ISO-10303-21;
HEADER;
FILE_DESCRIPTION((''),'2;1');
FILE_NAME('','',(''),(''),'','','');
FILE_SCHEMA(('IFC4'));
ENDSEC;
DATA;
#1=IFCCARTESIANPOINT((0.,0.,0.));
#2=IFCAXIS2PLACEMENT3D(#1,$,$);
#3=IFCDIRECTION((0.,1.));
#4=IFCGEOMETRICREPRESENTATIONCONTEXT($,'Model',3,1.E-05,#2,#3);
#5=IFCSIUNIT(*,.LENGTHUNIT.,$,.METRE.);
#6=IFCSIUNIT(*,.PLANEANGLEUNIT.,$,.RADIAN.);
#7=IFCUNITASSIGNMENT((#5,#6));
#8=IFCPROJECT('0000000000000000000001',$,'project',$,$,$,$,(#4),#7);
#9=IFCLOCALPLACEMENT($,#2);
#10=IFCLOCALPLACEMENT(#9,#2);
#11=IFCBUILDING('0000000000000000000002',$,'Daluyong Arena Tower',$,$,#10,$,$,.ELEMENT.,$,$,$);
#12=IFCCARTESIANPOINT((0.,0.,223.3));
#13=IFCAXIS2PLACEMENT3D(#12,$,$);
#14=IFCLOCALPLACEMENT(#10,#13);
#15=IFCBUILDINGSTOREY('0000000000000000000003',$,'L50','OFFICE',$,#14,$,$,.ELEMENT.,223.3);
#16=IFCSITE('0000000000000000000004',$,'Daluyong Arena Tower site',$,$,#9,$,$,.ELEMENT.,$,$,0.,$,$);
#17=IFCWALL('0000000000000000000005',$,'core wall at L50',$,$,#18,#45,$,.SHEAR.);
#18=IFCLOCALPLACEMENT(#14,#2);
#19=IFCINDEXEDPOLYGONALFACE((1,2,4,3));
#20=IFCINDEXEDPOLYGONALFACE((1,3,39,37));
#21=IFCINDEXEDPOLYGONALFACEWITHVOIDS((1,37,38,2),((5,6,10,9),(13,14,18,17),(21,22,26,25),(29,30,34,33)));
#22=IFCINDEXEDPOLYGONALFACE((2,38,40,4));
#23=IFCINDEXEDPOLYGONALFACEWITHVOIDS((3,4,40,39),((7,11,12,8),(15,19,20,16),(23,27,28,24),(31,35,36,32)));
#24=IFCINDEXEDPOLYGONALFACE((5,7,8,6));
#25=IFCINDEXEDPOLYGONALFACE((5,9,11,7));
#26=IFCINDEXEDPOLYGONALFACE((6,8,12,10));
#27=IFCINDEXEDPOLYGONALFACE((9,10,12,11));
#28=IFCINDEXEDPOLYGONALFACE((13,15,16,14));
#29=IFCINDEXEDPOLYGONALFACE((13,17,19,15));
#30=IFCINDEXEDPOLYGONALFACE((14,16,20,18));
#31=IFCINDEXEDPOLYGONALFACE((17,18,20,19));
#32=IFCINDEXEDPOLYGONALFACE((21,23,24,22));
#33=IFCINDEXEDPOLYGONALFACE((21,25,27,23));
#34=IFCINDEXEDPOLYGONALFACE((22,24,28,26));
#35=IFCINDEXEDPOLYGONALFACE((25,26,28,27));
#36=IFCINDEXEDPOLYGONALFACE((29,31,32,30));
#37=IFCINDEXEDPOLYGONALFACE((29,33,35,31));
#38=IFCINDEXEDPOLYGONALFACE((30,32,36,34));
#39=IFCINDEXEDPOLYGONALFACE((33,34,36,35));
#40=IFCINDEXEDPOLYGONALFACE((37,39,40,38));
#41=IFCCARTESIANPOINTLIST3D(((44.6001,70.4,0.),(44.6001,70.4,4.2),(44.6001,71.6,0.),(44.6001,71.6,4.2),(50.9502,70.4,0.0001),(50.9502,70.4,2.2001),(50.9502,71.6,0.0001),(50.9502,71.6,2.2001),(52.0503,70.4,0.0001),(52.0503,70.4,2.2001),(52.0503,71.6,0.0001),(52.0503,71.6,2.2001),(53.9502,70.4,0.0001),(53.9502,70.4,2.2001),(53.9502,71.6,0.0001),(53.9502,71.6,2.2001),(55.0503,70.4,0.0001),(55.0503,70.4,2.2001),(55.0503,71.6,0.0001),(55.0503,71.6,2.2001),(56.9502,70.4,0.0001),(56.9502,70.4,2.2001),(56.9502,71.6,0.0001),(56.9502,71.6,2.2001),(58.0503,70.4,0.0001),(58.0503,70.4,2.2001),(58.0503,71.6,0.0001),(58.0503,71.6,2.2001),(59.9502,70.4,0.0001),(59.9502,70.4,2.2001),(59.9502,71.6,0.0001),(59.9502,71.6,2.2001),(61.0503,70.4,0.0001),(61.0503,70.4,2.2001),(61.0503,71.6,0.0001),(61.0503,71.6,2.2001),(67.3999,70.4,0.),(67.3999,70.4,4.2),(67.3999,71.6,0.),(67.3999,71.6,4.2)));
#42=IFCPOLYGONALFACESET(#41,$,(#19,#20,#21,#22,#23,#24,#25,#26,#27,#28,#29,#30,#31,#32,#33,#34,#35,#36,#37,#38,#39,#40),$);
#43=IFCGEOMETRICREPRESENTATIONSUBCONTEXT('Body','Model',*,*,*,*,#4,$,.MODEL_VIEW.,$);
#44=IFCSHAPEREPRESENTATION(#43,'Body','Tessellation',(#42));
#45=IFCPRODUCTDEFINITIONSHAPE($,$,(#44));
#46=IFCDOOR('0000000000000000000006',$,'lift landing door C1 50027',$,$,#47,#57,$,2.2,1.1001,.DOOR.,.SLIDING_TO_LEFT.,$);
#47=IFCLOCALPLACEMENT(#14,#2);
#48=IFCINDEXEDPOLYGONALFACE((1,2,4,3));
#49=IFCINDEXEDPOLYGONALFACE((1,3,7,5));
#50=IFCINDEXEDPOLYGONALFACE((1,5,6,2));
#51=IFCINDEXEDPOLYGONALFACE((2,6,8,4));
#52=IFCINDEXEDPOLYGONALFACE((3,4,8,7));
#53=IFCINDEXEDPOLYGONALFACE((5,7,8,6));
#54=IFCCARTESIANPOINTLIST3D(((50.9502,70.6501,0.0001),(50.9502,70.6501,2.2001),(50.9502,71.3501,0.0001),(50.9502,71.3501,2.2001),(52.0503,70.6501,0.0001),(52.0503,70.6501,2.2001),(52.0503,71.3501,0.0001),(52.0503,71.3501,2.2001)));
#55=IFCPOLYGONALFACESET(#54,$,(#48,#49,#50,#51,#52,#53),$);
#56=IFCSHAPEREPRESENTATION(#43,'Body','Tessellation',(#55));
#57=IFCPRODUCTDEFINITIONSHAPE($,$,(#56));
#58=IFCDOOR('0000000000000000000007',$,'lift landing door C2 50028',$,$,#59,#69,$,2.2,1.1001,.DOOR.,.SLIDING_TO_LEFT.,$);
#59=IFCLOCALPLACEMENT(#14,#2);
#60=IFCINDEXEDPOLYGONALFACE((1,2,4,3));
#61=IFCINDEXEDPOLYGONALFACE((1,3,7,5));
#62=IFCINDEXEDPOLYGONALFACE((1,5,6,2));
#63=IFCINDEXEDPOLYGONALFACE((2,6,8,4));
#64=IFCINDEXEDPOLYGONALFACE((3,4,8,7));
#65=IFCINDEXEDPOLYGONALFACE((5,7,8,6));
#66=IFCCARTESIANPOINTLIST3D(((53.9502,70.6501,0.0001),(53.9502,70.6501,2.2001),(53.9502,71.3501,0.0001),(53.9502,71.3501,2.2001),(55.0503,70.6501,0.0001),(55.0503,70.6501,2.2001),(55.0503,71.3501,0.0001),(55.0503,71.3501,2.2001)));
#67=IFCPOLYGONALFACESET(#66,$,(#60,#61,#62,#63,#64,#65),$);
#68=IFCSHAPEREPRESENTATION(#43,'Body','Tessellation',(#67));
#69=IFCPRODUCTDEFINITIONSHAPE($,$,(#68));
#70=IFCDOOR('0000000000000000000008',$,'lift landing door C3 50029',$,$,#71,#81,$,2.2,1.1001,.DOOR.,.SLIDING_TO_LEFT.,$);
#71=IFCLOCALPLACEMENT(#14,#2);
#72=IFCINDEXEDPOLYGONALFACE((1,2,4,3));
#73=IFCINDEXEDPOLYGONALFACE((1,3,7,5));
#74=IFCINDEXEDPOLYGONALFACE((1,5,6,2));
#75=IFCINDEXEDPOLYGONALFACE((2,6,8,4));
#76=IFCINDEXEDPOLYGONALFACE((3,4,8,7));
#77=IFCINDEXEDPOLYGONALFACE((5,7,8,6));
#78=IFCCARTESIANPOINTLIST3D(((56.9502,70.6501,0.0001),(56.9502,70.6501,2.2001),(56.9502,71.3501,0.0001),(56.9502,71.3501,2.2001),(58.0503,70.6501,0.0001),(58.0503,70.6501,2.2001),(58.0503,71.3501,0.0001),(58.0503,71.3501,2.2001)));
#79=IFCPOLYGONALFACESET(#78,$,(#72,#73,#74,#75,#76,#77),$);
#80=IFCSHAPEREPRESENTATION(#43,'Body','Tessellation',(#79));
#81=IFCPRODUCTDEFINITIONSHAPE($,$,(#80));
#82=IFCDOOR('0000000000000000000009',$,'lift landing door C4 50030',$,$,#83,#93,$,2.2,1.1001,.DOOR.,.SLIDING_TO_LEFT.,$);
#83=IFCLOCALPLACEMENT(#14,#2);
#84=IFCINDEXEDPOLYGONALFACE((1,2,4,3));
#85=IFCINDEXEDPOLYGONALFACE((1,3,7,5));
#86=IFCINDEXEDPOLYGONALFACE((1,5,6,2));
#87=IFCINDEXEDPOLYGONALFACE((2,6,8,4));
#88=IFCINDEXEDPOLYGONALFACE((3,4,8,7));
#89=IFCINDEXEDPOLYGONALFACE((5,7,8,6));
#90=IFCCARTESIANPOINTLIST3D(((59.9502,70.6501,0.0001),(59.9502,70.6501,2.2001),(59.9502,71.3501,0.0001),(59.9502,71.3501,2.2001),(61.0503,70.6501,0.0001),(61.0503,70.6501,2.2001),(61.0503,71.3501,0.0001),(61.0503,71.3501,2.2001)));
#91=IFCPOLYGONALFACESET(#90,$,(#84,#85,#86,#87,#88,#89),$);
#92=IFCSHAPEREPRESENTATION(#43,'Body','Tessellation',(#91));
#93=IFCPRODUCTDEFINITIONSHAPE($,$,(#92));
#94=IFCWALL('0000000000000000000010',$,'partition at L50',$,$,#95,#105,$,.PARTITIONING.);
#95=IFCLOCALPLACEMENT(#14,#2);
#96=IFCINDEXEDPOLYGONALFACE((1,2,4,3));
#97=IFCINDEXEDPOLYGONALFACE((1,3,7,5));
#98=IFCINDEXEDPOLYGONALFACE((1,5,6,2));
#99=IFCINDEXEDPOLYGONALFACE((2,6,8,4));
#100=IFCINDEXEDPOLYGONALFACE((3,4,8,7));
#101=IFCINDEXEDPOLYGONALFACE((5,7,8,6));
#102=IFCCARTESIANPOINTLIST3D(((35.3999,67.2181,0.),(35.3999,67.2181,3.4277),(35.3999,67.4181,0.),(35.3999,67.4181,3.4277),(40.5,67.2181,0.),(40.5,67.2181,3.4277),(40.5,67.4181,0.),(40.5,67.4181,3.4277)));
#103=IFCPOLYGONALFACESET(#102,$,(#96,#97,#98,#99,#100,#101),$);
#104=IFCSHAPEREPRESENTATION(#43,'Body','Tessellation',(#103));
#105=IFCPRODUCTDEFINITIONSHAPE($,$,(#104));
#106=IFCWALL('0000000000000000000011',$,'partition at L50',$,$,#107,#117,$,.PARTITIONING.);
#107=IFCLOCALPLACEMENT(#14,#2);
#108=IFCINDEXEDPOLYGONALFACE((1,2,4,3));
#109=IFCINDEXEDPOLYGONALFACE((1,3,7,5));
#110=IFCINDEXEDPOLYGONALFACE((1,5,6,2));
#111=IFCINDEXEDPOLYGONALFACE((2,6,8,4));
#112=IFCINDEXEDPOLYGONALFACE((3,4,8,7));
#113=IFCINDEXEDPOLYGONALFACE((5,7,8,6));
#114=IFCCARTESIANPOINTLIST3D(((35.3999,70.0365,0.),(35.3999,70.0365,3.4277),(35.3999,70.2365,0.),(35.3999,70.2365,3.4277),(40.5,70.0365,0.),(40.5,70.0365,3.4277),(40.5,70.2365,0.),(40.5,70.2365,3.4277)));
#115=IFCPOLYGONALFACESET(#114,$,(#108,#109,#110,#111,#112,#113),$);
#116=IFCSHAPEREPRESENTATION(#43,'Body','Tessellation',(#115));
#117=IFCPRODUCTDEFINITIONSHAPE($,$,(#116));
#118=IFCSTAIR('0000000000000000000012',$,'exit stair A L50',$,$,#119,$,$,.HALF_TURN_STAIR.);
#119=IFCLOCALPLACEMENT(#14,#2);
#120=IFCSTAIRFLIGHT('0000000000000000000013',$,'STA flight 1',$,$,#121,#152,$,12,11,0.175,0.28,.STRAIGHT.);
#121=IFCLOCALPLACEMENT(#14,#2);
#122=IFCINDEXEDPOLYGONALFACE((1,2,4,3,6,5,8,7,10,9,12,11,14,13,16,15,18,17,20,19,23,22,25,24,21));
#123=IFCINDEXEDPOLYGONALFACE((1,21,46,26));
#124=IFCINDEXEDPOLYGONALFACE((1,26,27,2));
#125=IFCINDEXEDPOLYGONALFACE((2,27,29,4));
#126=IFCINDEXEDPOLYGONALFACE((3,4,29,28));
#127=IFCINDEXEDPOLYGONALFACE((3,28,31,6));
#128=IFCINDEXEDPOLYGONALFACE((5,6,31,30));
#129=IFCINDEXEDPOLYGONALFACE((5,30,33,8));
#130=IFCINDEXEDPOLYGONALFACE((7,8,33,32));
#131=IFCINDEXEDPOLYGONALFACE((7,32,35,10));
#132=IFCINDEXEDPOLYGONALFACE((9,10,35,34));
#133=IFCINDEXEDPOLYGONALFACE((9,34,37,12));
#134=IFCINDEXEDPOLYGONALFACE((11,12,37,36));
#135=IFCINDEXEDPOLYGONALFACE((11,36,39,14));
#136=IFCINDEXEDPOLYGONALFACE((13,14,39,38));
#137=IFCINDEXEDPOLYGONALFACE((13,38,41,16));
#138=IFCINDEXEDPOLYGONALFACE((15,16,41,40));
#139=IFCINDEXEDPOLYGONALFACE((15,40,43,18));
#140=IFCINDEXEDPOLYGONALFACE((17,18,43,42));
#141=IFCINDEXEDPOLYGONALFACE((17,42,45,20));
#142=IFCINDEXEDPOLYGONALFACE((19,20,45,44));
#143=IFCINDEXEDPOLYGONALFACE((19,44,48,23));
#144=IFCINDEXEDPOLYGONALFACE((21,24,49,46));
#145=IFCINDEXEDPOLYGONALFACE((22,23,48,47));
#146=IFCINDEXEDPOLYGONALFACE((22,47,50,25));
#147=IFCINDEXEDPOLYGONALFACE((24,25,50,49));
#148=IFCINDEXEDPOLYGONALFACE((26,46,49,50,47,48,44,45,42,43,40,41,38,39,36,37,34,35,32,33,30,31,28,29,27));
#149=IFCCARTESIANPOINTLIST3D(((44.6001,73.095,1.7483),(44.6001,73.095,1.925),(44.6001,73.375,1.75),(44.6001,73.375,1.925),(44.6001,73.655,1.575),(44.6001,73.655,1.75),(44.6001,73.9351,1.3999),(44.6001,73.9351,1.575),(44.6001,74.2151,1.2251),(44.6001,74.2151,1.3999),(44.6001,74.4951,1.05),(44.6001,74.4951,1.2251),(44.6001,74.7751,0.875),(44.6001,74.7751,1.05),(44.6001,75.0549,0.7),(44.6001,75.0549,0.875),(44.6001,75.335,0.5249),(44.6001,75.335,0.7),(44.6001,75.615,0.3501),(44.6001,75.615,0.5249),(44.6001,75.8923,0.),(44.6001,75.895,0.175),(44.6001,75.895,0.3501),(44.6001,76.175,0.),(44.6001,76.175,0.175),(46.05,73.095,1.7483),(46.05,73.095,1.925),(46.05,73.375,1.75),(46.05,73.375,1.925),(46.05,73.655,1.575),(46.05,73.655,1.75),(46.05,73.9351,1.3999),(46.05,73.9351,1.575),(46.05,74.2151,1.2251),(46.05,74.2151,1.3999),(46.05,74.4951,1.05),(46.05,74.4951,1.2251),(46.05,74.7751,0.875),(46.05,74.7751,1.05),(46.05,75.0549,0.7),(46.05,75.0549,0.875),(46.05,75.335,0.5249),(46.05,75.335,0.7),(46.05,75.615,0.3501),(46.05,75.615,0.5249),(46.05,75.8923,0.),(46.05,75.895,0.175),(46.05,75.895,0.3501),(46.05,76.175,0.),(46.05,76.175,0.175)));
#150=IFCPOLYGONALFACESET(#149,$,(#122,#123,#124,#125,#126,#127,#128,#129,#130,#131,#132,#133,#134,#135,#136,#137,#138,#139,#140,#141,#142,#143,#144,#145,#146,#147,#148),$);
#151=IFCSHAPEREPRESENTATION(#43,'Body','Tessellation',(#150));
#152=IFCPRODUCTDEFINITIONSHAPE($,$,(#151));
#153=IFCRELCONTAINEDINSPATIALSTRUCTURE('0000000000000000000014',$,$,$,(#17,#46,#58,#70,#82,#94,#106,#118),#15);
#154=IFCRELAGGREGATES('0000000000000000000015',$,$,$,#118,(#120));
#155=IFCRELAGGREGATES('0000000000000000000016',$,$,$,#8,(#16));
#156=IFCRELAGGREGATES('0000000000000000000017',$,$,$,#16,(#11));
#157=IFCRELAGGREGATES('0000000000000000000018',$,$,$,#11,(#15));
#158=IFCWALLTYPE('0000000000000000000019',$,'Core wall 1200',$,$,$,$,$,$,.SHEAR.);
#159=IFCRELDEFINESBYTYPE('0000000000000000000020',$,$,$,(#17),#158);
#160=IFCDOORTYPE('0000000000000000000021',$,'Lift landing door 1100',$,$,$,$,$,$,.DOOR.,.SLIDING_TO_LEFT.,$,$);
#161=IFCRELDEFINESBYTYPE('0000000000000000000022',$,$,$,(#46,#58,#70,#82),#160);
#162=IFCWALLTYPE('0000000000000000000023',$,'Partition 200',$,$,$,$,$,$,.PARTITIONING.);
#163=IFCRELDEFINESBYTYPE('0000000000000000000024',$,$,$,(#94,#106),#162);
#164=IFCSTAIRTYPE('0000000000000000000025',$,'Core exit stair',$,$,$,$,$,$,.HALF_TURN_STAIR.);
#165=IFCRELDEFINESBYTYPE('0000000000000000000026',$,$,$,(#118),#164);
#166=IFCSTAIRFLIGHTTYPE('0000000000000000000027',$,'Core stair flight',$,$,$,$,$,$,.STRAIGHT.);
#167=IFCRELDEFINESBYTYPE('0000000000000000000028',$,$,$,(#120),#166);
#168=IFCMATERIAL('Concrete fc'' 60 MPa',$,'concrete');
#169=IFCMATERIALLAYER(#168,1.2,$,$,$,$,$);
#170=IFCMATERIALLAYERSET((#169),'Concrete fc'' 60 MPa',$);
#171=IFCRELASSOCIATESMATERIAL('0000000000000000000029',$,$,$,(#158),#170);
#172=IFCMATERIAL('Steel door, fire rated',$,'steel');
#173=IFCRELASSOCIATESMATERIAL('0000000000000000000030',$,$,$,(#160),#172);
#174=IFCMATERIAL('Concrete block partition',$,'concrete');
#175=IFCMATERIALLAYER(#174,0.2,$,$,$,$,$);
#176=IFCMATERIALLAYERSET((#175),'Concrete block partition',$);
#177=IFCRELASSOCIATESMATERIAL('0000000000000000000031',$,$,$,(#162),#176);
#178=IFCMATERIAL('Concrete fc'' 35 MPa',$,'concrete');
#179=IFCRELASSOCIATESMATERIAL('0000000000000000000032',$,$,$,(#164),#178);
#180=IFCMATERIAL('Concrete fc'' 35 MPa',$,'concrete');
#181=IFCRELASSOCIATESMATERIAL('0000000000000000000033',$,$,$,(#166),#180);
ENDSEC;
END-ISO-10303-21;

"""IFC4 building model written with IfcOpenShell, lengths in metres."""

from ifc_helpers import new_model, si_unit, direction, frame, frame_2d, origin, place, context, subcontext, project, spatial, polyline, rectangle, outline, extrude, material, layer, layer_set, type_object, element, fill, aggregate, save


model = new_model("IFC4")

# Units and contexts
model_context = context("Model", 3, precision=1e-05, world=origin(), true_north=direction((0.0, 1.0)))
body_context = subcontext(model_context, "Body", "Model", "MODEL_VIEW")
ifc_project = project(units=[si_unit("LENGTHUNIT", "METRE"), si_unit("PLANEANGLEUNIT", "RADIAN")], contexts=[model_context])

# Site, building, storey
site_placement = place(None, origin())
site = spatial("IfcSite", under=ifc_project, at=site_placement, Name="Daluyong Arena Tower site", CompositionType="ELEMENT", RefElevation=0.0)
building_placement = place(site_placement, origin())
building = spatial("IfcBuilding", under=site, at=building_placement, Name="Daluyong Arena Tower", CompositionType="ELEMENT")
storey_placement = place(building_placement, frame((0.0, 0.0, 223.3)))
storey = spatial("IfcBuildingStorey", under=building, at=storey_placement, Name="L50", Description="OFFICE", CompositionType="ELEMENT", Elevation=223.3)

# Shared definitions
ifc_material_1 = material(Name="Concrete fc' 60 MPa", Category="concrete")
ifc_layer_1 = layer(ifc_material_1, 1.2)
ifc_layer_set_1 = layer_set([ifc_layer_1], Name="Concrete fc' 60 MPa")
wall_type_1 = type_object("IfcWallType", Name="Core wall 1200", PredefinedType="SHEAR", material=ifc_layer_set_1)

# Wall, openings, doors
wall_1_placement = place(storey_placement, frame((44.6001, 71.0, 0.0), z_axis=(0.0, 0.0, 1.0), x_axis=(1.0, 0.0, 0.0)))
wall_1 = element("IfcWall", 1, at=wall_1_placement, inside=storey, type_object=wall_type_1, Name="core wall at L50", PredefinedType="SHEAR", context=body_context, shape_type="SweptSolid", body=[
    extrude(rectangle(XDim=22.7998, YDim=1.2, at=frame_2d((11.3999, 0.0))), origin(), (0.0, 0.0, 1.0), 4.2),
])
opening_1_placement = place(wall_1_placement, frame((6.3501, 0.0, 0.0)))
opening_1 = element("IfcOpeningElement", 2, at=opening_1_placement, cuts=wall_1, PredefinedType="OPENING", context=body_context, shape_type="SweptSolid", body=[
    extrude(rectangle(XDim=1.1001, YDim=2.2, at=frame_2d((0.55, 1.1001))), frame((0.0, 0.6099, 0.0), z_axis=(0.0, -1.0, 0.0), x_axis=(1.0, 0.0, 0.0)), (0.0, 0.0, 1.0), 1.22),
])
opening_2_placement = place(wall_1_placement, frame((9.3501, 0.0, 0.0)))
opening_2 = element("IfcOpeningElement", 3, at=opening_2_placement, cuts=wall_1, PredefinedType="OPENING", context=body_context, shape_type="SweptSolid", body=[
    extrude(rectangle(XDim=1.1001, YDim=2.2, at=frame_2d((0.55, 1.1001))), frame((0.0, 0.6099, 0.0), z_axis=(0.0, -1.0, 0.0), x_axis=(1.0, 0.0, 0.0)), (0.0, 0.0, 1.0), 1.22),
])
opening_3_placement = place(wall_1_placement, frame((12.3501, 0.0, 0.0)))
opening_3 = element("IfcOpeningElement", 4, at=opening_3_placement, cuts=wall_1, PredefinedType="OPENING", context=body_context, shape_type="SweptSolid", body=[
    extrude(rectangle(XDim=1.1001, YDim=2.2, at=frame_2d((0.55, 1.1001))), frame((0.0, 0.6099, 0.0), z_axis=(0.0, -1.0, 0.0), x_axis=(1.0, 0.0, 0.0)), (0.0, 0.0, 1.0), 1.22),
])
opening_4_placement = place(wall_1_placement, frame((15.3501, 0.0, 0.0)))
opening_4 = element("IfcOpeningElement", 5, at=opening_4_placement, cuts=wall_1, PredefinedType="OPENING", context=body_context, shape_type="SweptSolid", body=[
    extrude(rectangle(XDim=1.1001, YDim=2.2, at=frame_2d((0.55, 1.1001))), frame((0.0, 0.6099, 0.0), z_axis=(0.0, -1.0, 0.0), x_axis=(1.0, 0.0, 0.0)), (0.0, 0.0, 1.0), 1.22),
])
ifc_material_2 = material(Name="Steel door, fire rated", Category="steel")
door_type_1 = type_object("IfcDoorType", Name="Lift landing door 1100", OperationType="SLIDING_TO_LEFT", PredefinedType="DOOR", material=ifc_material_2)
door_1_placement = place(opening_1_placement, origin())
door_1 = element("IfcDoor", 6, at=door_1_placement, inside=storey, type_object=door_type_1, Name="lift landing door C1 50027", OperationType="SLIDING_TO_LEFT", OverallHeight=2.2, OverallWidth=1.1001, PredefinedType="DOOR", context=body_context, shape_type="SweptSolid", body=[
    extrude(rectangle(XDim=1.1001, YDim=2.2, at=frame_2d((0.55, 1.1001))), frame((0.0, 0.3501, 0.0), z_axis=(0.0, -1.0, 0.0), x_axis=(1.0, 0.0, 0.0)), (0.0, 0.0, 1.0), 0.7),
])
fill(opening_1, door_1)
door_2_placement = place(opening_2_placement, origin())
door_2 = element("IfcDoor", 7, at=door_2_placement, inside=storey, type_object=door_type_1, Name="lift landing door C2 50028", OperationType="SLIDING_TO_LEFT", OverallHeight=2.2, OverallWidth=1.1001, PredefinedType="DOOR", context=body_context, shape_type="SweptSolid", body=[
    extrude(rectangle(XDim=1.1001, YDim=2.2, at=frame_2d((0.55, 1.1001))), frame((0.0, 0.3501, 0.0), z_axis=(0.0, -1.0, 0.0), x_axis=(1.0, 0.0, 0.0)), (0.0, 0.0, 1.0), 0.7),
])
fill(opening_2, door_2)
door_3_placement = place(opening_3_placement, origin())
door_3 = element("IfcDoor", 8, at=door_3_placement, inside=storey, type_object=door_type_1, Name="lift landing door C3 50029", OperationType="SLIDING_TO_LEFT", OverallHeight=2.2, OverallWidth=1.1001, PredefinedType="DOOR", context=body_context, shape_type="SweptSolid", body=[
    extrude(rectangle(XDim=1.1001, YDim=2.2, at=frame_2d((0.55, 1.1001))), frame((0.0, 0.3501, 0.0), z_axis=(0.0, -1.0, 0.0), x_axis=(1.0, 0.0, 0.0)), (0.0, 0.0, 1.0), 0.7),
])
fill(opening_3, door_3)
door_4_placement = place(opening_4_placement, origin())
door_4 = element("IfcDoor", 9, at=door_4_placement, inside=storey, type_object=door_type_1, Name="lift landing door C4 50030", OperationType="SLIDING_TO_LEFT", OverallHeight=2.2, OverallWidth=1.1001, PredefinedType="DOOR", context=body_context, shape_type="SweptSolid", body=[
    extrude(rectangle(XDim=1.1001, YDim=2.2, at=frame_2d((0.55, 1.1001))), frame((0.0, 0.3501, 0.0), z_axis=(0.0, -1.0, 0.0), x_axis=(1.0, 0.0, 0.0)), (0.0, 0.0, 1.0), 0.7),
])
fill(opening_4, door_4)

# Walls
ifc_material_3 = material(Name="Concrete block partition", Category="concrete")
ifc_layer_2 = layer(ifc_material_3, 0.2)
ifc_layer_set_2 = layer_set([ifc_layer_2], Name="Concrete block partition")
wall_type_2 = type_object("IfcWallType", Name="Partition 200", PredefinedType="PARTITIONING", material=ifc_layer_set_2)
for number, where, z_axis, x_axis, name in (
    (10, (35.3999, 67.3181, 0.0), (0.0, 0.0, 1.0), (1.0, 0.0, 0.0), "partition at L50"),
    (11, (35.3999, 70.1365, 0.0), (0.0, 0.0, 1.0), (1.0, 0.0, 0.0), "partition at L50"),
):
    element("IfcWall", number, at=place(storey_placement, frame(where, z_axis=z_axis, x_axis=x_axis)), inside=storey, type_object=wall_type_2, Name=name, PredefinedType="PARTITIONING", context=body_context, shape_type="SweptSolid", body=[
        extrude(rectangle(XDim=5.1001, YDim=0.2, at=frame_2d((2.55, 0.0))), origin(), (0.0, 0.0, 1.0), 3.4277),
    ])

# Stair, stair flight
ifc_material_4 = material(Name="Concrete fc' 35 MPa", Category="concrete")
stair_type = type_object("IfcStairType", Name="Core exit stair", PredefinedType="HALF_TURN_STAIR", material=ifc_material_4)
stair_placement = place(storey_placement, origin())
stair = element("IfcStair", 12, at=stair_placement, inside=storey, type_object=stair_type, Name="exit stair A L50", PredefinedType="HALF_TURN_STAIR")
ifc_material_5 = material(Name="Concrete fc' 35 MPa", Category="concrete")
stair_flight_type = type_object("IfcStairFlightType", Name="Core stair flight", PredefinedType="STRAIGHT", material=ifc_material_5)
stair_flight_placement = place(storey_placement, frame((45.325, 76.175, 0.0), z_axis=(0.0, 0.0, 1.0), x_axis=(0.0, -1.0, 0.0)))
stair_flight = element("IfcStairFlight", 13, at=stair_flight_placement, type_object=stair_flight_type, Name="STA flight 1", NumberOfRisers=12, NumberOfTreads=11, PredefinedType="STRAIGHT", RiserHeight=0.175, TreadLength=0.28, context=body_context, shape_type="SweptSolid", body=[
    extrude(outline(polyline([(0.0, 0.0), (0.0, 0.175), (0.28, 0.175), (0.28, 0.3501), (0.5601, 0.3501), (0.5601, 0.5249), (0.8401, 0.5249), (0.8401, 0.7), (1.1201, 0.7), (1.1201, 0.875), (1.3999, 0.875), (1.3999, 1.05), (1.6799, 1.05), (1.6799, 1.2251), (1.96, 1.2251), (1.96, 1.3999), (2.24, 1.3999), (2.24, 1.575), (2.52, 1.575), (2.52, 1.75), (2.8, 1.75), (2.8, 1.925), (3.0801, 1.925), (3.0801, 2.1001), (3.0801, 1.7483), (0.2827, 0.0), (0.0, 0.0)])), frame((0.0, 0.7251, 0.0), z_axis=(0.0, -1.0, 0.0), x_axis=(1.0, 0.0, 0.0)), (0.0, 0.0, 1.0), 1.45),
])
aggregate(stair, [stair_flight])

save(model, "model.ifc")
